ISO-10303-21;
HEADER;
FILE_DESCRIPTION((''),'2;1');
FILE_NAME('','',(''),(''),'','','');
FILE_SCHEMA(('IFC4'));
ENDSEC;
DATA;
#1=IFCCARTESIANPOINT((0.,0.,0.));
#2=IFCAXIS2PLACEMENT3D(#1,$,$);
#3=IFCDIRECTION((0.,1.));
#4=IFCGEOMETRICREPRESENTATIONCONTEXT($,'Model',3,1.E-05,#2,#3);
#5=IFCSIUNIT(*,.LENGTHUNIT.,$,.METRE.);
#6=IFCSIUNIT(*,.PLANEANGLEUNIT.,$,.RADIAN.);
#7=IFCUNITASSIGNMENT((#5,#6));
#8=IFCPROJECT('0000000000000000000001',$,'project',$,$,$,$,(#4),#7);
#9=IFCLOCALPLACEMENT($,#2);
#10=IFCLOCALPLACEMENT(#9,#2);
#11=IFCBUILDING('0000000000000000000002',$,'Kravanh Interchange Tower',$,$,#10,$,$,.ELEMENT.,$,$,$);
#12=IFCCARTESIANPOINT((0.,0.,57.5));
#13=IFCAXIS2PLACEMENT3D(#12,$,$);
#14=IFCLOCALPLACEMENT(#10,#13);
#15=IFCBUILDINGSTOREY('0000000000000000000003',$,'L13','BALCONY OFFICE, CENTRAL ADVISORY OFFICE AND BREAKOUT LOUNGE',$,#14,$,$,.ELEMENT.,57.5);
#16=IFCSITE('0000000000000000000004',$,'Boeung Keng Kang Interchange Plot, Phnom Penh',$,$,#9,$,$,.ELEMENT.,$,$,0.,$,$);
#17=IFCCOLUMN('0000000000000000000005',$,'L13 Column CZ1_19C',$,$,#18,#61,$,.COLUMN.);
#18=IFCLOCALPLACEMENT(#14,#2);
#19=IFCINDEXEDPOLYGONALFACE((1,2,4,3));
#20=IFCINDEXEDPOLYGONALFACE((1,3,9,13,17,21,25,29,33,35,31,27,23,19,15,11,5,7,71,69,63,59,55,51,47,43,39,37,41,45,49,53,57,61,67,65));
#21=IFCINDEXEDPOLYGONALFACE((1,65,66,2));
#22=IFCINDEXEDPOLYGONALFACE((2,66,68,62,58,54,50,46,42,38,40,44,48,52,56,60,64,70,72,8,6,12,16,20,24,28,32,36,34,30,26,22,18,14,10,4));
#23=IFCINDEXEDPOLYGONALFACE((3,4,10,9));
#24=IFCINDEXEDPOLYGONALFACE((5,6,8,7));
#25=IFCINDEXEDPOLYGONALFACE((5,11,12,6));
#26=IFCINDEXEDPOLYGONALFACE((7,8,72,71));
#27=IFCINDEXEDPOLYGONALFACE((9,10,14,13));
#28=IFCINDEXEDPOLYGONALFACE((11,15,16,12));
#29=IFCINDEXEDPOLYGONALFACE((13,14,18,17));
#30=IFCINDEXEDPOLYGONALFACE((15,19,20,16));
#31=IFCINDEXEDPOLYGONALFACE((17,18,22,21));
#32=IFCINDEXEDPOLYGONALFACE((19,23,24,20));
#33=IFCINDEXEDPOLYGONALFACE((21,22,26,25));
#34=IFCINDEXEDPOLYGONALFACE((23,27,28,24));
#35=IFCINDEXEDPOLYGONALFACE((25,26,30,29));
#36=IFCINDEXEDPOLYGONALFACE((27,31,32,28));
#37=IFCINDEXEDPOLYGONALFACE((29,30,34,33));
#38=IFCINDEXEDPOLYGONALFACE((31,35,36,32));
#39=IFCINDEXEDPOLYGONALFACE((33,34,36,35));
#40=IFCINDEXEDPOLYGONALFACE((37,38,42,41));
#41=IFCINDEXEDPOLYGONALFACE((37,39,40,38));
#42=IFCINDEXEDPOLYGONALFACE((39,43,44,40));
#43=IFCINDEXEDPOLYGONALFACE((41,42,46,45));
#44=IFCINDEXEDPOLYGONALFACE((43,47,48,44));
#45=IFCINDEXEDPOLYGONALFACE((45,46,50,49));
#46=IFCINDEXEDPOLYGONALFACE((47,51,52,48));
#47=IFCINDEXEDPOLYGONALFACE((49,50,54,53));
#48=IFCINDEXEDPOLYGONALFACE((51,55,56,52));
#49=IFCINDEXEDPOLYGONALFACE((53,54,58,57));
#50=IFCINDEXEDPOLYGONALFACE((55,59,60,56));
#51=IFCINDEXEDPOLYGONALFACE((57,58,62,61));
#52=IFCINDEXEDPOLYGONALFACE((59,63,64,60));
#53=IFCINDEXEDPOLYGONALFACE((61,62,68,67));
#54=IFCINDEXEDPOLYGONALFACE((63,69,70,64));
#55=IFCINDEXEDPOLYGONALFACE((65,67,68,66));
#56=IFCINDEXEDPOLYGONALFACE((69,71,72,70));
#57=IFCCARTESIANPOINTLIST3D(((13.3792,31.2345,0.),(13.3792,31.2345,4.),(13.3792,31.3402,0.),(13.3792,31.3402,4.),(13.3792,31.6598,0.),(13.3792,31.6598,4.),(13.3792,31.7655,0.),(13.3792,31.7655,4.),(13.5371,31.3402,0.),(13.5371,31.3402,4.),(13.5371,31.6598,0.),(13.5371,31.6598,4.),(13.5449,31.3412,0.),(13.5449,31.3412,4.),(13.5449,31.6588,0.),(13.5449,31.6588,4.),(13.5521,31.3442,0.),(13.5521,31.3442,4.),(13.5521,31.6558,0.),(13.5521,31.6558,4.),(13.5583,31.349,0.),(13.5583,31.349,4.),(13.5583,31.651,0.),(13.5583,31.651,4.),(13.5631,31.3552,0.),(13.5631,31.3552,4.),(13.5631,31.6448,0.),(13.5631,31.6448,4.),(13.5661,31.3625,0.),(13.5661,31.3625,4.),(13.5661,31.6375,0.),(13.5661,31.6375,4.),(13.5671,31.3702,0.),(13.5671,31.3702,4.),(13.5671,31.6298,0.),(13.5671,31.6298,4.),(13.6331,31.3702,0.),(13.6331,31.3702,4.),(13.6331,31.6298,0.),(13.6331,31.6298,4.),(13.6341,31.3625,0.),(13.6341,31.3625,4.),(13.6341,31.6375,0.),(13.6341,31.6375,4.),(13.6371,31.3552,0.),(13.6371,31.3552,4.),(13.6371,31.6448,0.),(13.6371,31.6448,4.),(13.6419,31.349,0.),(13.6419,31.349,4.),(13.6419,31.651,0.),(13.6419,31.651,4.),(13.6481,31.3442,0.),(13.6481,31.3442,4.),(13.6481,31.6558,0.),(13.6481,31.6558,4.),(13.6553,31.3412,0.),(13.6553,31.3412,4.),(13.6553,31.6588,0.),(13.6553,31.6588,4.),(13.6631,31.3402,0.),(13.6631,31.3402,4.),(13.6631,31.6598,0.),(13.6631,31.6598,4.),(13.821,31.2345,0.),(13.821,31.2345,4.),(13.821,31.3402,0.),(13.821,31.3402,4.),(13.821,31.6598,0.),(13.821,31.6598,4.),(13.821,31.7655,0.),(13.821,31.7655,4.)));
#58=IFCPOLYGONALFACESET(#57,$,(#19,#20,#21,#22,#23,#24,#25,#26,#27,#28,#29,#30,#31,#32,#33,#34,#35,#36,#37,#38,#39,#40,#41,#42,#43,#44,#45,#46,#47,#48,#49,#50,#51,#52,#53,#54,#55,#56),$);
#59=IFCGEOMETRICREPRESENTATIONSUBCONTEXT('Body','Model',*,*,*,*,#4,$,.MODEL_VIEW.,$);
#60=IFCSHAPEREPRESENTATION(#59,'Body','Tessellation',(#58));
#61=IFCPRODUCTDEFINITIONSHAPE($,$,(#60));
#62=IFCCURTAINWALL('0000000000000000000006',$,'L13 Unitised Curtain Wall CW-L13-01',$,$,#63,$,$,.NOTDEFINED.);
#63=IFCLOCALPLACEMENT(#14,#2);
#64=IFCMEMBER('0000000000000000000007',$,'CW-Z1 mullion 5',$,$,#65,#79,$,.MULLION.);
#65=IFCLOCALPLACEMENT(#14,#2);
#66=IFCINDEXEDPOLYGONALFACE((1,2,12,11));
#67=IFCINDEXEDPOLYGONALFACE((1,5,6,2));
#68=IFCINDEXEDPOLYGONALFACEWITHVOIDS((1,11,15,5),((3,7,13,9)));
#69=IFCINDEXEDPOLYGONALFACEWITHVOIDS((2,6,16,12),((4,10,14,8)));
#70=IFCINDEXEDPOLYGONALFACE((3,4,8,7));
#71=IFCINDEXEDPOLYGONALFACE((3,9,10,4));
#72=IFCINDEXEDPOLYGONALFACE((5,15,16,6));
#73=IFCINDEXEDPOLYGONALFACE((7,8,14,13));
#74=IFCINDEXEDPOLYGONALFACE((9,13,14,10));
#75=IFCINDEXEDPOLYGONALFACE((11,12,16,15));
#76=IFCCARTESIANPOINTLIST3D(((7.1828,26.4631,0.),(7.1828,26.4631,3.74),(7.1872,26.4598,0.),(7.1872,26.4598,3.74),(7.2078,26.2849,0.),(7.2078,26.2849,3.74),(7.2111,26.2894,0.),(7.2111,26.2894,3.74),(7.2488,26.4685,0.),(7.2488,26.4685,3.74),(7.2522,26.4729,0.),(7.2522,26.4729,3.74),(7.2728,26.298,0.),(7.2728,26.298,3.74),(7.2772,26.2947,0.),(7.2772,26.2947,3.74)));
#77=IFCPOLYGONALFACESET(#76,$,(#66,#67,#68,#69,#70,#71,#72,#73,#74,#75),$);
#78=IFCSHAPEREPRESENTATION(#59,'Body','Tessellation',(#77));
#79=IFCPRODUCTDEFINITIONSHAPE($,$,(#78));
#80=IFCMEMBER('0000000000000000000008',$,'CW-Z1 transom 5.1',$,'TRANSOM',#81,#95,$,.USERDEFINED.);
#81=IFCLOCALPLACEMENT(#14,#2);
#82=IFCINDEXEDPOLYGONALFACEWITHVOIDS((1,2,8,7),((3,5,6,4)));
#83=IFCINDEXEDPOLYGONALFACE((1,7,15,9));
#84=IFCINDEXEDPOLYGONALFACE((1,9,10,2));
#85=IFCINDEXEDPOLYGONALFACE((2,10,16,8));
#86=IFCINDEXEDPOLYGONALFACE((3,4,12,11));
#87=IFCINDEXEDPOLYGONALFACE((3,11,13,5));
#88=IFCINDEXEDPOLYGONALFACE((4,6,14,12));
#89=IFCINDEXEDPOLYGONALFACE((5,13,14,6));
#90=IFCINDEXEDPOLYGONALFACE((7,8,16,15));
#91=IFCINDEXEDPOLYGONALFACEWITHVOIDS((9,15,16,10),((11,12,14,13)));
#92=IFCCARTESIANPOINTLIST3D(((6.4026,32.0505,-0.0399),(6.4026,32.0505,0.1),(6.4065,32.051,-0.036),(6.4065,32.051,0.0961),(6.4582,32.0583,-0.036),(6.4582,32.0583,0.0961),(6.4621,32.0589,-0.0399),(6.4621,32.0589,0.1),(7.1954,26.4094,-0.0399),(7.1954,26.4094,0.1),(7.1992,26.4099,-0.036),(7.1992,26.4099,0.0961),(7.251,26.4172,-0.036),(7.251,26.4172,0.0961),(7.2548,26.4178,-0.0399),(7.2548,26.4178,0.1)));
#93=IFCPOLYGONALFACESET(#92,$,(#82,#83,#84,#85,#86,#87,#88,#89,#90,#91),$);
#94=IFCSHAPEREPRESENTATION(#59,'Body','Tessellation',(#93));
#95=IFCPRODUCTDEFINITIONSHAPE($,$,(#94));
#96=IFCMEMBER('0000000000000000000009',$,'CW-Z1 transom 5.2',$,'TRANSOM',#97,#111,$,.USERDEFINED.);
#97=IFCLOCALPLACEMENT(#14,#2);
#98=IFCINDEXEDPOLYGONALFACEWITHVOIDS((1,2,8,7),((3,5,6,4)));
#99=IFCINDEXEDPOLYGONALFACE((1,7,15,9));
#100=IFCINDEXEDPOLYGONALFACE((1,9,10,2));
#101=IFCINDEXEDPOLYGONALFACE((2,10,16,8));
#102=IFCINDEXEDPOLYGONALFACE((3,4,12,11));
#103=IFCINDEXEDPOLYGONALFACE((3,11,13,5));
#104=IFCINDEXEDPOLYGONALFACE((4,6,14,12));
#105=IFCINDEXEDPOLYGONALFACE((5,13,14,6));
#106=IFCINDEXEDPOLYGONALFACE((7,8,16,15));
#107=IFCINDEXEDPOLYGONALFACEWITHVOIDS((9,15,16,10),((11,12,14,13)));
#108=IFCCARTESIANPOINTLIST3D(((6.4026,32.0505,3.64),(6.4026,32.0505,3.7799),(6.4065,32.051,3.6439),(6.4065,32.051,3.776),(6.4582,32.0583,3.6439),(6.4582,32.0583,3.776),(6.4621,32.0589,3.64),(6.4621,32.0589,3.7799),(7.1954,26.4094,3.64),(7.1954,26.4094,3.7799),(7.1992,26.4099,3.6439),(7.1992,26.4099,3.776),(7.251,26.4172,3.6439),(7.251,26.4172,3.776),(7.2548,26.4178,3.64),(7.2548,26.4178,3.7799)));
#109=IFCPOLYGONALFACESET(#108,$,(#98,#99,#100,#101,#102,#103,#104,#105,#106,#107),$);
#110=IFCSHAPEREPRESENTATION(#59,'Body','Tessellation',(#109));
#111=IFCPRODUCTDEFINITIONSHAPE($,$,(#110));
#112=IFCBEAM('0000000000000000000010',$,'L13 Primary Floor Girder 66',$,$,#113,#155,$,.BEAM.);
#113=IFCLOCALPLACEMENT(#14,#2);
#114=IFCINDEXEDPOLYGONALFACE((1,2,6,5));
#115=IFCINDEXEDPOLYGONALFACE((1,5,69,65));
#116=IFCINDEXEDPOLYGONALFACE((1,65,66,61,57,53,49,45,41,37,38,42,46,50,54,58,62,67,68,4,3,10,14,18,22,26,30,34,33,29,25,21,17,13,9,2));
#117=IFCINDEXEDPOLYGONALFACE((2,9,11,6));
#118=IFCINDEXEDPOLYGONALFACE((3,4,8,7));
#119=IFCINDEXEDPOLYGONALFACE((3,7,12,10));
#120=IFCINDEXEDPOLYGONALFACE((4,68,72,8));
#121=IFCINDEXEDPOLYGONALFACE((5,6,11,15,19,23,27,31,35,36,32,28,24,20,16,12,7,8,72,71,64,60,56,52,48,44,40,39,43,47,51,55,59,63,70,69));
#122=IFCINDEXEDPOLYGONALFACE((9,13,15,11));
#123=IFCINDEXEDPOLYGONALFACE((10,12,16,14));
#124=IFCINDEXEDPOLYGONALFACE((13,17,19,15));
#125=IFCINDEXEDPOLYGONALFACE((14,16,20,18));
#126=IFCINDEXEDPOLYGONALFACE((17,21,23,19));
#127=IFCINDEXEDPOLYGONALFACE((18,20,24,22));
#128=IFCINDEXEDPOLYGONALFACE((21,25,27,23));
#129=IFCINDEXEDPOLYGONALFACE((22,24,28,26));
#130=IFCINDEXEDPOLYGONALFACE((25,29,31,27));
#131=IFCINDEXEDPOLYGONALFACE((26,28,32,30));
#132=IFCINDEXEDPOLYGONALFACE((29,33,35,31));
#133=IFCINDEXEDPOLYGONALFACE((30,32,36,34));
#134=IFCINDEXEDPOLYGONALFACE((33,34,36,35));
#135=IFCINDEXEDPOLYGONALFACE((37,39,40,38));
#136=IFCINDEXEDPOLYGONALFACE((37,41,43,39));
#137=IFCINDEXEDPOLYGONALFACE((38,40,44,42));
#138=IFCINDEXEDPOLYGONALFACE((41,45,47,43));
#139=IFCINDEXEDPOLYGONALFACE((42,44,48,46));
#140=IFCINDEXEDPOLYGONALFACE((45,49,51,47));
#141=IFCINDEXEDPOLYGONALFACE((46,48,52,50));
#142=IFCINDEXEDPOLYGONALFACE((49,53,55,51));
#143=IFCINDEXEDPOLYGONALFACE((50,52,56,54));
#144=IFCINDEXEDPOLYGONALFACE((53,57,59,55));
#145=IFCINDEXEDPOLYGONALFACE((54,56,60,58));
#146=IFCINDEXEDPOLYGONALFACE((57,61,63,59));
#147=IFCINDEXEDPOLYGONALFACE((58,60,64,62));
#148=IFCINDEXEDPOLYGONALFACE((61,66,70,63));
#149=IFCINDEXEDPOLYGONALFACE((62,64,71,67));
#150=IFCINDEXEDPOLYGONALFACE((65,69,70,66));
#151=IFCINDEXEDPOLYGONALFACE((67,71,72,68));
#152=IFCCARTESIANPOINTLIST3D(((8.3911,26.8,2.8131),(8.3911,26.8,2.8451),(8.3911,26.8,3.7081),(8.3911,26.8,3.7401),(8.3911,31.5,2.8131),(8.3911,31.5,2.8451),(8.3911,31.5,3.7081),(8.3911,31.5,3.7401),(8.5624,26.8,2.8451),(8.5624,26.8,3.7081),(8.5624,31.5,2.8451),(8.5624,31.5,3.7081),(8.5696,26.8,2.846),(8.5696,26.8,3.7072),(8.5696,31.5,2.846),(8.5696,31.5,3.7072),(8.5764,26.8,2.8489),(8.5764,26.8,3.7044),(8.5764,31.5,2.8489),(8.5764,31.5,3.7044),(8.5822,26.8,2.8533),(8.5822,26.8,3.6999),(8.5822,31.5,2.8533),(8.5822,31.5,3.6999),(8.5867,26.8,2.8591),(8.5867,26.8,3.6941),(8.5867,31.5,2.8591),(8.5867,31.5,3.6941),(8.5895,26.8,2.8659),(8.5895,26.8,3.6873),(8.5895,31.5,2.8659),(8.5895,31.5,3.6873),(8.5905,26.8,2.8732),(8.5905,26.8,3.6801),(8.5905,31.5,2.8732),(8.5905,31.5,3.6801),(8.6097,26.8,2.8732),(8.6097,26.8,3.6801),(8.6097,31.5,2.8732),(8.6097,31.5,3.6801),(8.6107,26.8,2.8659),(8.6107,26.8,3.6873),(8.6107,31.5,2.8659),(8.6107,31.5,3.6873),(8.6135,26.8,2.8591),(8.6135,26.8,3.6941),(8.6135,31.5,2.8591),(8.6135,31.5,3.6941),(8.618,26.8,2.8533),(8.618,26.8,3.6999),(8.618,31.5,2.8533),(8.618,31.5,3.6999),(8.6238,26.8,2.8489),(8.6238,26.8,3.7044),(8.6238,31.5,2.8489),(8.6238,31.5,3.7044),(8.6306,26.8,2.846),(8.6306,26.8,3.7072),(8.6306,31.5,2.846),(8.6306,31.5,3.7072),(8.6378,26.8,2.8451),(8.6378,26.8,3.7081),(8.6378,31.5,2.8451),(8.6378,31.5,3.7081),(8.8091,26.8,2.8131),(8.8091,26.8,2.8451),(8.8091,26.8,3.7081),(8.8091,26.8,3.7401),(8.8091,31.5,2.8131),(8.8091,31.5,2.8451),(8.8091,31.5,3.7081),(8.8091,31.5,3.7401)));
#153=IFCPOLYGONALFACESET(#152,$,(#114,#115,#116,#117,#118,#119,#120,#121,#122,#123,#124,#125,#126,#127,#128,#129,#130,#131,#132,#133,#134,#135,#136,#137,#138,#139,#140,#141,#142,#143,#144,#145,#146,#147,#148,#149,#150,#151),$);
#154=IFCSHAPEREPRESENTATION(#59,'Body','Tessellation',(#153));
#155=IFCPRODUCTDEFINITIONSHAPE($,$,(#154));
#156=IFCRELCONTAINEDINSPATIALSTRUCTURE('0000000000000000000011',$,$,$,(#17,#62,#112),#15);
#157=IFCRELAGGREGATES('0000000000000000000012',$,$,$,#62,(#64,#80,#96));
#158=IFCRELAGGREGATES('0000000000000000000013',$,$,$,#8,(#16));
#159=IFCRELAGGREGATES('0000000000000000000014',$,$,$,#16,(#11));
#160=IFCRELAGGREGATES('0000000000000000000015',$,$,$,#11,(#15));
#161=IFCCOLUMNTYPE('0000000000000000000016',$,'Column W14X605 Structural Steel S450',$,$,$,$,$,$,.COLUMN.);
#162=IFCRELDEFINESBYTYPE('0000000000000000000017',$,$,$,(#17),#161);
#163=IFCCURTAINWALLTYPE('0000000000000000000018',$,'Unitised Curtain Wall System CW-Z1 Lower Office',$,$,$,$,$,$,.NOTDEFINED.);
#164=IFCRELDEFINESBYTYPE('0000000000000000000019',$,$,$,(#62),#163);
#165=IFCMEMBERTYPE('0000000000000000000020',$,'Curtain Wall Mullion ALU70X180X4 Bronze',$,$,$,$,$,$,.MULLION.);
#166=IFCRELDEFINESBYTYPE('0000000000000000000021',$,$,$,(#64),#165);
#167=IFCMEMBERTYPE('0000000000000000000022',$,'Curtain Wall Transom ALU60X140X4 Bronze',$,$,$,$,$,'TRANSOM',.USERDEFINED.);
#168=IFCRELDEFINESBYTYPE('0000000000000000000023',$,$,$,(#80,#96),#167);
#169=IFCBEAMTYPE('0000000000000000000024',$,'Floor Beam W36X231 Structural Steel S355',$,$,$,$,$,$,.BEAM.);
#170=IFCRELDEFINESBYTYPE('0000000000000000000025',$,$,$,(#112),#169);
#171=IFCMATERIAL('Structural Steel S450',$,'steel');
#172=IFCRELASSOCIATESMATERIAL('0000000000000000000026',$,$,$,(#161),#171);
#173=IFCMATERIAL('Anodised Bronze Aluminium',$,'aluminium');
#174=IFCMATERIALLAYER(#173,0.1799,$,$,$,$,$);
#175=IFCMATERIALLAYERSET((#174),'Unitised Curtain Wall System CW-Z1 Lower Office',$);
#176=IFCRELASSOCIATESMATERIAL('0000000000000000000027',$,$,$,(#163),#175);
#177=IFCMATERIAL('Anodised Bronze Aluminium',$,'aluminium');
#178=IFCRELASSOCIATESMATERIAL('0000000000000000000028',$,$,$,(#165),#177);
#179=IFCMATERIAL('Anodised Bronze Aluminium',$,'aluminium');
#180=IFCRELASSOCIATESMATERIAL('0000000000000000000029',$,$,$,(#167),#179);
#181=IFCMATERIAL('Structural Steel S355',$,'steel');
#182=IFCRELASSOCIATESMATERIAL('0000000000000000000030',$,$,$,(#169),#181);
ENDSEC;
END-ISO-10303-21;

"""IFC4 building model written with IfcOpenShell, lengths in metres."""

from ifc_helpers import new_model, si_unit, direction, frame, origin, origin_2d, place, context, subcontext, project, spatial, hollow_rectangle, i_section, extrude, material, layer, layer_set, material_profile, profile_set, type_object, element, aggregate, save


model = new_model("IFC4")

# Units and contexts
model_context = context("Model", 3, precision=1e-05, world=origin(), true_north=direction((0.0, 1.0)))
body_context = subcontext(model_context, "Body", "Model", "MODEL_VIEW")
ifc_project = project(units=[si_unit("LENGTHUNIT", "METRE"), si_unit("PLANEANGLEUNIT", "RADIAN")], contexts=[model_context])

# Site, building, storey
site_placement = place(None, origin())
site = spatial("IfcSite", under=ifc_project, at=site_placement, Name="Boeung Keng Kang Interchange Plot, Phnom Penh", CompositionType="ELEMENT", RefElevation=0.0)
building_placement = place(site_placement, origin())
building = spatial("IfcBuilding", under=site, at=building_placement, Name="Kravanh Interchange Tower", CompositionType="ELEMENT")
storey_placement = place(building_placement, frame((0.0, 0.0, 57.5)))
storey = spatial("IfcBuildingStorey", under=building, at=storey_placement, Name="L13", Description="BALCONY OFFICE, CENTRAL ADVISORY OFFICE AND BREAKOUT LOUNGE", CompositionType="ELEMENT", Elevation=57.5)

# Column
ifc_material_1 = material(Name="Structural Steel S450", Category="steel")
ifc_material_profile_1 = material_profile(ifc_material_1, i_section(OverallWidth=0.4419, OverallDepth=0.531, WebThickness=0.0659, FlangeThickness=0.1057, FilletRadius=0.03, at=origin_2d()), Name="W14X605")
ifc_profile_set_1 = profile_set([ifc_material_profile_1], Name="Structural Steel S450")
column_type = type_object("IfcColumnType", Name="Column W14X605 Structural Steel S450", PredefinedType="COLUMN", material=ifc_profile_set_1)
for number, where, z_axis, x_axis, name in (
    (1, (13.6001, 31.5, 0.0), (0.0, 0.0, 1.0), (1.0, 0.0, 0.0), "L13 Column CZ1_19C"),
):
    element("IfcColumn", number, at=place(storey_placement, frame(where, z_axis=z_axis, x_axis=x_axis)), inside=storey, type_object=column_type, Name=name, PredefinedType="COLUMN", context=body_context, shape_type="SweptSolid", body=[
        extrude(i_section(OverallWidth=0.4419, OverallDepth=0.531, WebThickness=0.0659, FlangeThickness=0.1057, FilletRadius=0.03, at=origin_2d()), origin(), (0.0, 0.0, 1.0), 4.0),
    ])

# Curtain wall, members
ifc_material_2 = material(Name="Anodised Bronze Aluminium", Category="aluminium")
ifc_layer_1 = layer(ifc_material_2, 0.1799)
ifc_layer_set_1 = layer_set([ifc_layer_1], Name="Unitised Curtain Wall System CW-Z1 Lower Office")
curtain_wall_type = type_object("IfcCurtainWallType", Name="Unitised Curtain Wall System CW-Z1 Lower Office", PredefinedType="NOTDEFINED", material=ifc_layer_set_1)
curtain_wall_placement = place(storey_placement, origin())
curtain_wall = element("IfcCurtainWall", 2, at=curtain_wall_placement, inside=storey, type_object=curtain_wall_type, Name="L13 Unitised Curtain Wall CW-L13-01", PredefinedType="NOTDEFINED")
ifc_material_3 = material(Name="Anodised Bronze Aluminium", Category="aluminium")
ifc_material_profile_2 = material_profile(ifc_material_3, hollow_rectangle(XDim=0.0701, YDim=0.1799, WallThickness=0.0039, at=origin_2d()), Name="ALU70X180X4")
ifc_profile_set_2 = profile_set([ifc_material_profile_2], Name="Anodised Bronze Aluminium")
member_type_1 = type_object("IfcMemberType", Name="Curtain Wall Mullion ALU70X180X4 Bronze", PredefinedType="MULLION", material=ifc_profile_set_2)
member_1_placement = place(storey_placement, frame((7.23, 26.3789, 0.0), z_axis=(0.0, 0.0, 1.0), x_axis=(-0.990268, -0.139177, 0.0)))
member_1 = element("IfcMember", 3, at=member_1_placement, type_object=member_type_1, Name="CW-Z1 mullion 5", PredefinedType="MULLION", context=body_context, shape_type="SweptSolid", body=[
    extrude(hollow_rectangle(XDim=0.0701, YDim=0.1799, WallThickness=0.0039, at=origin_2d()), origin(), (0.0, 0.0, 1.0), 3.74),
])
ifc_material_4 = material(Name="Anodised Bronze Aluminium", Category="aluminium")
ifc_material_profile_3 = material_profile(ifc_material_4, hollow_rectangle(XDim=0.0601, YDim=0.1399, WallThickness=0.0039, at=origin_2d()), Name="ALU60X140X4")
ifc_profile_set_3 = profile_set([ifc_material_profile_3], Name="Anodised Bronze Aluminium")
member_type_2 = type_object("IfcMemberType", Name="Curtain Wall Transom ALU60X140X4 Bronze", ElementType="TRANSOM", PredefinedType="USERDEFINED", material=ifc_profile_set_3)
member_2_placement = place(storey_placement, frame((7.2251, 26.4136, 0.03), z_axis=(-0.139159, 0.99027, 0.0), x_axis=(-0.99027, -0.139159, 0.0)))
member_2 = element("IfcMember", 4, at=member_2_placement, type_object=member_type_2, Name="CW-Z1 transom 5.1", ObjectType="TRANSOM", PredefinedType="USERDEFINED", context=body_context, shape_type="SweptSolid", body=[
    extrude(hollow_rectangle(XDim=0.0601, YDim=0.1399, WallThickness=0.0039, at=origin_2d()), origin(), (0.0, 0.0, 1.0), 5.6965),
])
member_3_placement = place(storey_placement, frame((7.2251, 26.4136, 3.71), z_axis=(-0.139159, 0.99027, 0.0), x_axis=(-0.99027, -0.139159, 0.0)))
member_3 = element("IfcMember", 5, at=member_3_placement, type_object=member_type_2, Name="CW-Z1 transom 5.2", ObjectType="TRANSOM", PredefinedType="USERDEFINED", context=body_context, shape_type="SweptSolid", body=[
    extrude(hollow_rectangle(XDim=0.0601, YDim=0.1399, WallThickness=0.0039, at=origin_2d()), origin(), (0.0, 0.0, 1.0), 5.6965),
])

# Beam
ifc_material_5 = material(Name="Structural Steel S355", Category="steel")
ifc_material_profile_4 = material_profile(ifc_material_5, i_section(OverallWidth=0.418, OverallDepth=0.927, WebThickness=0.0193, FlangeThickness=0.032, FilletRadius=0.0281, at=origin_2d()), Name="W36X231")
ifc_profile_set_4 = profile_set([ifc_material_profile_4], Name="Structural Steel S355")
beam_type_1 = type_object("IfcBeamType", Name="Floor Beam W36X231 Structural Steel S355", PredefinedType="BEAM", material=ifc_profile_set_4)
beam_1_placement = place(storey_placement, frame((8.6001, 26.8, 3.2766), z_axis=(0.0, 1.0, 0.0), x_axis=(-1.0, 0.0, 0.0)))
element("IfcBeam", 6, at=beam_1_placement, inside=storey, type_object=beam_type_1, Name="L13 Primary Floor Girder 66", PredefinedType="BEAM", context=body_context, shape_type="SweptSolid", body=[
    extrude(i_section(OverallWidth=0.418, OverallDepth=0.927, WebThickness=0.0193, FlangeThickness=0.032, FilletRadius=0.0281, at=origin_2d()), origin(), (0.0, 0.0, 1.0), 4.7),
])

aggregate(curtain_wall, [member_1, member_2, member_3])

save(model, "model.ifc")
